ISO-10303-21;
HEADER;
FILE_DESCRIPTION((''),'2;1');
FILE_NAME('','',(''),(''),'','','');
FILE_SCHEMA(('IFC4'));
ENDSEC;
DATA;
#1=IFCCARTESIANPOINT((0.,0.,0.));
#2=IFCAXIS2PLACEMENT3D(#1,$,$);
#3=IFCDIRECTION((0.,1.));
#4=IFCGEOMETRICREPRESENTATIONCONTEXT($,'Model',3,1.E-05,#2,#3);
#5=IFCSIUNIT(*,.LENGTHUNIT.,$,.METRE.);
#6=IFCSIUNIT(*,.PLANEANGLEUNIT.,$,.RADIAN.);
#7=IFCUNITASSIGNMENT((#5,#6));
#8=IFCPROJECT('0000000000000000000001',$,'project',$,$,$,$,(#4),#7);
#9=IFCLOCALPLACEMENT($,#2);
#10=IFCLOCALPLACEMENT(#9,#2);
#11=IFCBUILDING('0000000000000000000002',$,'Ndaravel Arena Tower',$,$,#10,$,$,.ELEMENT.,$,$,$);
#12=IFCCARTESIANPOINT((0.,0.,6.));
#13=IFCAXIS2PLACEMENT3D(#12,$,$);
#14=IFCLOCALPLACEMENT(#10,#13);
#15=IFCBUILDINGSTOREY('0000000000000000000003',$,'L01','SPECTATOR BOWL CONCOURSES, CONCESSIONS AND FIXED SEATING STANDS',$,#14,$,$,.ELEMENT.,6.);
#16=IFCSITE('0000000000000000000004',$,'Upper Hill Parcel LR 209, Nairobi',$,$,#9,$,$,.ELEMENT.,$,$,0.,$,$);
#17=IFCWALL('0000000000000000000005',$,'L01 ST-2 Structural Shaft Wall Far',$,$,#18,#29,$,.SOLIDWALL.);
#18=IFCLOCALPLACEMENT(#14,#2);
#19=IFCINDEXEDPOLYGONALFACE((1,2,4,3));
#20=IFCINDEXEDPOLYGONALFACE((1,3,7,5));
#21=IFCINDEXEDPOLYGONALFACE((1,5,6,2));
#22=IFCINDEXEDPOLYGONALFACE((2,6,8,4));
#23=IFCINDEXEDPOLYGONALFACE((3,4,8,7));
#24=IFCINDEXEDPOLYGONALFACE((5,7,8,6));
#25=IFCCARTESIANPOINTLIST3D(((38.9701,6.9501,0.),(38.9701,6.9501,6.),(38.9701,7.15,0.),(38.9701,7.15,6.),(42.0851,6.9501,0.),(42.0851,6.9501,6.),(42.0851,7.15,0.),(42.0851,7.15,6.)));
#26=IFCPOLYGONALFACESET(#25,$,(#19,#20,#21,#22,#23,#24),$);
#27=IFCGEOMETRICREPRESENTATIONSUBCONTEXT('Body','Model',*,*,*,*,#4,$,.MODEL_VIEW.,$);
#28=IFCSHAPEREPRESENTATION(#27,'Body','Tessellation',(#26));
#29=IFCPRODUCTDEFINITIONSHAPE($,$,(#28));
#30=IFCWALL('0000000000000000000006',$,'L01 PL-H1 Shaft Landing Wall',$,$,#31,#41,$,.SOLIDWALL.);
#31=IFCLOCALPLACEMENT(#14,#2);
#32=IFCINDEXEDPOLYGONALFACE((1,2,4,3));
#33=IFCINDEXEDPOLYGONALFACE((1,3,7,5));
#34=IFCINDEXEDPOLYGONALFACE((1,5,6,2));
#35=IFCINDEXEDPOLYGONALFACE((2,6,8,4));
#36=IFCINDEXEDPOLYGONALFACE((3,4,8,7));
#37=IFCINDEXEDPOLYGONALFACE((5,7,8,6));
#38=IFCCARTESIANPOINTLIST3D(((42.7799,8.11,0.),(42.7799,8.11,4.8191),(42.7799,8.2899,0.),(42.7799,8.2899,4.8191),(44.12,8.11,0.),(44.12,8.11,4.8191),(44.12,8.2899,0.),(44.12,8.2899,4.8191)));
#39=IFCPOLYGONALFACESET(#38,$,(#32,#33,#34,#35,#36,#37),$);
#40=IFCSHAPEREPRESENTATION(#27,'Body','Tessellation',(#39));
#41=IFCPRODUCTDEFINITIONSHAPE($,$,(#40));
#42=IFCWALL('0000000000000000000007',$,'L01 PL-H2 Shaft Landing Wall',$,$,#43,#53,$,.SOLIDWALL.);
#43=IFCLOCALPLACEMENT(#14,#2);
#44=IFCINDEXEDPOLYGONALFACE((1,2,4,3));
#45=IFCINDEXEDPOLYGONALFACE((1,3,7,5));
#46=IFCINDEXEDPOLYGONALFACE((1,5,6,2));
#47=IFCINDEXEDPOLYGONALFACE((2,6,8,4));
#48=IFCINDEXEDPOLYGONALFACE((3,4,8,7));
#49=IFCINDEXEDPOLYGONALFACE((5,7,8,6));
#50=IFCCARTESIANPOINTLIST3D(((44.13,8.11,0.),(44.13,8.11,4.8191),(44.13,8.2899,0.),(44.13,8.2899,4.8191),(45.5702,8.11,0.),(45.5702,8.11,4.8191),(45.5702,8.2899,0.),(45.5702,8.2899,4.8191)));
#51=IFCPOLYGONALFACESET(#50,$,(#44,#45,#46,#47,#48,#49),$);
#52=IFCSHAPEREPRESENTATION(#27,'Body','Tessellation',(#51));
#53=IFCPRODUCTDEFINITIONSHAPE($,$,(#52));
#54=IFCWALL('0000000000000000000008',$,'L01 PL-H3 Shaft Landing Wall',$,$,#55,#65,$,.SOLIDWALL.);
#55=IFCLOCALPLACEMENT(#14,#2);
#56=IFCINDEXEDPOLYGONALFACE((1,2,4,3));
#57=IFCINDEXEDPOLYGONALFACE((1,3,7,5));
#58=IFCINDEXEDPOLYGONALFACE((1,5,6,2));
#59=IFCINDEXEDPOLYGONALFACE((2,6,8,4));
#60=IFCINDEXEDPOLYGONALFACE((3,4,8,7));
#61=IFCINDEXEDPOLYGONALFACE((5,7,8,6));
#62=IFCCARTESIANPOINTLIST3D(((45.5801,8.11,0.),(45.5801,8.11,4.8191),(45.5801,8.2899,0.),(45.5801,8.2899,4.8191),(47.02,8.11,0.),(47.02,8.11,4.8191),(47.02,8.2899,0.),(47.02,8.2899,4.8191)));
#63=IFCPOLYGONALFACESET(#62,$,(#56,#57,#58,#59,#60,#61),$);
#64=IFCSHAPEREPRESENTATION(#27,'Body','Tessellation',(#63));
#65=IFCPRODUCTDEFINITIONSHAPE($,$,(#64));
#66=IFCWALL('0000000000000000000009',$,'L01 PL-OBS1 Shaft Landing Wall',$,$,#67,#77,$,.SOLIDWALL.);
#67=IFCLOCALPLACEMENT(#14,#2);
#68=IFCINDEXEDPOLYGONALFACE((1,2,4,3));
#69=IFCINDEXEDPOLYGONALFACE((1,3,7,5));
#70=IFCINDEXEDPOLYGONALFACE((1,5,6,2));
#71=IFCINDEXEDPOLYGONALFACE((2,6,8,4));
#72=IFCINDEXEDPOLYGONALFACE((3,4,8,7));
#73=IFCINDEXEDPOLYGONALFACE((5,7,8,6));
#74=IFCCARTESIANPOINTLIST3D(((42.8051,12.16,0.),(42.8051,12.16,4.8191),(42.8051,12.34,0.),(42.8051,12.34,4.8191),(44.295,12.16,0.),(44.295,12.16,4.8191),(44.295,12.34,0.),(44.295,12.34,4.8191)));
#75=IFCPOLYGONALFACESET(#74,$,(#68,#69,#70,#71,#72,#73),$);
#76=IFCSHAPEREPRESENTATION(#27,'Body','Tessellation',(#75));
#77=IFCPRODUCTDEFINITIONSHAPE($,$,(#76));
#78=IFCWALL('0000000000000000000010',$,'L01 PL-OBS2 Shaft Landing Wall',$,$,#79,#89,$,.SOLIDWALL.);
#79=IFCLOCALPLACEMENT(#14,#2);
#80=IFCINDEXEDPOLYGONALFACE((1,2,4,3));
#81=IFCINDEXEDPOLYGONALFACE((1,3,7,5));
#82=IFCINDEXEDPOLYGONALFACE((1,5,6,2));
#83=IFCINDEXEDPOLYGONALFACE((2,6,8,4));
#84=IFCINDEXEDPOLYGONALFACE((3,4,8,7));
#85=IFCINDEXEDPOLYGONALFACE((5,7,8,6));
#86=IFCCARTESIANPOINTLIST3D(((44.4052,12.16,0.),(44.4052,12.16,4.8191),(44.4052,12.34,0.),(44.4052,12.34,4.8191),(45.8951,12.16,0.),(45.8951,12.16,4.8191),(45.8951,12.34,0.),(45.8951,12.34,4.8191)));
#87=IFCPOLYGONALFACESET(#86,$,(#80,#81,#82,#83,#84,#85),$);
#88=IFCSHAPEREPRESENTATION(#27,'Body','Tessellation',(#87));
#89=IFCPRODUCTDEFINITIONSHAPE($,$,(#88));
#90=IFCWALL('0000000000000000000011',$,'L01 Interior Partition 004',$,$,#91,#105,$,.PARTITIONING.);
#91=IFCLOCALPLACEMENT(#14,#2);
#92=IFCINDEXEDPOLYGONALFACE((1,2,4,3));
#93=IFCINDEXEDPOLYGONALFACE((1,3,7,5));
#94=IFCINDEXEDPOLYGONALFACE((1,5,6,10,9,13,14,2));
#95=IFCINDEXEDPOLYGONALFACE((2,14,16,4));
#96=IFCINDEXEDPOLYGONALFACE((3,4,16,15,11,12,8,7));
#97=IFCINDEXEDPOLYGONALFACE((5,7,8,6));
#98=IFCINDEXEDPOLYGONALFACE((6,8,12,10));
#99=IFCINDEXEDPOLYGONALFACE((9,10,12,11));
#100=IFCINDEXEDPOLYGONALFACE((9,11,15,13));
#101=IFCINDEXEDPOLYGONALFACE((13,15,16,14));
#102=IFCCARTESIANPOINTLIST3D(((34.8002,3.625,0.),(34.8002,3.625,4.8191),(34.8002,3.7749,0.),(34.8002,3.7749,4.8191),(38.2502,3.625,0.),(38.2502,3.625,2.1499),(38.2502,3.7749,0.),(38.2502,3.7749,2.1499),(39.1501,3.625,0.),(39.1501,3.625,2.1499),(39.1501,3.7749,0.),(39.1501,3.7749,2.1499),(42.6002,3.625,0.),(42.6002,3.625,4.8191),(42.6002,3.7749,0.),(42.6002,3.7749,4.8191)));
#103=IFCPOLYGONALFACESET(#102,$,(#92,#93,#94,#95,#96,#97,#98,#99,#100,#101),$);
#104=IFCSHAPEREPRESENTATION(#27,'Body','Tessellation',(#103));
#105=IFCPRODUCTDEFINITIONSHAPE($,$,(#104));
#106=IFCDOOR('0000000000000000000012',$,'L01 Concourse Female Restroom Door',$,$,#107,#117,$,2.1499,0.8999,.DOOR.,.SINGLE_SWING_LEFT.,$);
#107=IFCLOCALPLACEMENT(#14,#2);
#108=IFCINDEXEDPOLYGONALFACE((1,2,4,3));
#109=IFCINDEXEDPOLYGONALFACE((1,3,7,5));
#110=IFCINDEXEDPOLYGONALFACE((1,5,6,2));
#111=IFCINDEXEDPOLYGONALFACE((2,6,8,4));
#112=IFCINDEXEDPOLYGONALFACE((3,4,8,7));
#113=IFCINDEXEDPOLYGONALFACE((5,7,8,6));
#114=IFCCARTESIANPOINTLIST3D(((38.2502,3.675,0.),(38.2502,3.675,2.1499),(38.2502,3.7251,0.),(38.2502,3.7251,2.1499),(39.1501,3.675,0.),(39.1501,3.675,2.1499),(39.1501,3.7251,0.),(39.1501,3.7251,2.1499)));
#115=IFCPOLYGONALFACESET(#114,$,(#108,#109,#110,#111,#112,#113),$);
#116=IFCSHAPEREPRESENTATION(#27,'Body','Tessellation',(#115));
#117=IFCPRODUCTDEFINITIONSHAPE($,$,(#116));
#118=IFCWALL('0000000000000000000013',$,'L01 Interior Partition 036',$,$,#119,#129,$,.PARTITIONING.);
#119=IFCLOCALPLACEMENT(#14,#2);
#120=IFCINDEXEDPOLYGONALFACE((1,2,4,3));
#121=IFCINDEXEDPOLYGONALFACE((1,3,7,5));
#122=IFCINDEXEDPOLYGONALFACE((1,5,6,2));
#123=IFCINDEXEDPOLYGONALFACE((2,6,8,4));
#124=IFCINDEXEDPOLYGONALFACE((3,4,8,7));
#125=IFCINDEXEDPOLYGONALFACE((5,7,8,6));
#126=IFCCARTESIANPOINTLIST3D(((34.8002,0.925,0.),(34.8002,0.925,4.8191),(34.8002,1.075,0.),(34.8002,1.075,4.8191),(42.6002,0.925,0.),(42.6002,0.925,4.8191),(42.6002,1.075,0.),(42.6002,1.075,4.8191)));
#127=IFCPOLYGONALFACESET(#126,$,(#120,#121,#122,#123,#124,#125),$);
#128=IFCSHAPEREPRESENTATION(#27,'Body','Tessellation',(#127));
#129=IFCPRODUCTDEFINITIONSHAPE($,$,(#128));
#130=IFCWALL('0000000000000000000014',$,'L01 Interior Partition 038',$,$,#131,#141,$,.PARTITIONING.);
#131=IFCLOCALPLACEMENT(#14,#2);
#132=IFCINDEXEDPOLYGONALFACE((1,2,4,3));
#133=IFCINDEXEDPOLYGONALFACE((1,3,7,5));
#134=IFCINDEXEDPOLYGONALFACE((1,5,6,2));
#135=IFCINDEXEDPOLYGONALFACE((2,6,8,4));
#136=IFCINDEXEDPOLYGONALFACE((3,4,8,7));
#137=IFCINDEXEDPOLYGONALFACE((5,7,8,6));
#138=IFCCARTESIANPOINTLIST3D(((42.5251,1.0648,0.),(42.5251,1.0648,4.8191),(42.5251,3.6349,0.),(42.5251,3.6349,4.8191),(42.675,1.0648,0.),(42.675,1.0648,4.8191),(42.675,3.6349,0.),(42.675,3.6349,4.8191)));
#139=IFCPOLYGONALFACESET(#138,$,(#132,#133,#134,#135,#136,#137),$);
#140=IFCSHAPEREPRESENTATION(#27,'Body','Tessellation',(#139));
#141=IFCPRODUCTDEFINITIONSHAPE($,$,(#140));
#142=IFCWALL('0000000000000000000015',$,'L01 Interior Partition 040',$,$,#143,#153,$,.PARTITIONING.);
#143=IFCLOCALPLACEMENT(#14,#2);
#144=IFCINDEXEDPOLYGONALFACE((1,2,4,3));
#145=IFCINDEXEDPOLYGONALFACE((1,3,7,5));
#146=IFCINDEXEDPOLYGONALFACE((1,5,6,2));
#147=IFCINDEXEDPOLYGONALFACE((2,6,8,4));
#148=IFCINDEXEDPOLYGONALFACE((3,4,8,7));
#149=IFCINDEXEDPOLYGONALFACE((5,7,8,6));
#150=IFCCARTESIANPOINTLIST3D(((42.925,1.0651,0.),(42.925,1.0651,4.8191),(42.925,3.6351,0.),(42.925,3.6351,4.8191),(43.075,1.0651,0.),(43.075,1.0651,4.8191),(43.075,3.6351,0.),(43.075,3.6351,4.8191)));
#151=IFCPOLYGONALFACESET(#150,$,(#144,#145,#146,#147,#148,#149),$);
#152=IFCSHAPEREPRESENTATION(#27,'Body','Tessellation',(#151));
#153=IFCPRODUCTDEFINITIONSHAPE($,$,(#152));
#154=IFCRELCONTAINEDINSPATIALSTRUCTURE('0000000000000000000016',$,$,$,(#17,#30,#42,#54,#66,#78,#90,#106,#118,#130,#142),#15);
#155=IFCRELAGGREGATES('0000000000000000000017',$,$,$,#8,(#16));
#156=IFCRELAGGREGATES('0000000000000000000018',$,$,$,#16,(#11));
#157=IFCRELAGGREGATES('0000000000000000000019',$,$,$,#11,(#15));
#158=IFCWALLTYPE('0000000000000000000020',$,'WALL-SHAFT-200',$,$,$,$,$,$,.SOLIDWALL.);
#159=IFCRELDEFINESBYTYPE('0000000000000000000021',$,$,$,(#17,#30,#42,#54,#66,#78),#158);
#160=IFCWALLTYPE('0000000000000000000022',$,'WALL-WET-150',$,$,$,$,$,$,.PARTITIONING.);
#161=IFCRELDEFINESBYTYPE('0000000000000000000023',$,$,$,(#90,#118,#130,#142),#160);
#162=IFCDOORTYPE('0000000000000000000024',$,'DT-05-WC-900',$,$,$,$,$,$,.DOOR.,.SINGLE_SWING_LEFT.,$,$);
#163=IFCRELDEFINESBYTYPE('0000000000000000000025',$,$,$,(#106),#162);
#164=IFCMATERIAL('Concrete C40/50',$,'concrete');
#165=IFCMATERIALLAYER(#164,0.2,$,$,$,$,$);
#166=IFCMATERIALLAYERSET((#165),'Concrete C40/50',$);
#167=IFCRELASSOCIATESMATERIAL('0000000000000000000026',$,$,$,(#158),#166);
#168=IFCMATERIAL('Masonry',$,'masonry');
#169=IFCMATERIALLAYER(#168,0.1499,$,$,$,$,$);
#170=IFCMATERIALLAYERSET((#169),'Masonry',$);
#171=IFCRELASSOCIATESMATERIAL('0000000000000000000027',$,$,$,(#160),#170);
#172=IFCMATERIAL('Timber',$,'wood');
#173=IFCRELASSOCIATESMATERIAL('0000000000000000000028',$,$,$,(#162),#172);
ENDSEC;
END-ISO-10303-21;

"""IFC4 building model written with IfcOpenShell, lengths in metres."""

from ifc_helpers import new_model, si_unit, direction, frame, frame_2d, origin, place, context, subcontext, project, spatial, rectangle, extrude, material, layer, layer_set, type_object, element, fill, save


model = new_model("IFC4")

# Units and contexts
model_context = context("Model", 3, precision=1e-05, world=origin(), true_north=direction((0.0, 1.0)))
body_context = subcontext(model_context, "Body", "Model", "MODEL_VIEW")
ifc_project = project(units=[si_unit("LENGTHUNIT", "METRE"), si_unit("PLANEANGLEUNIT", "RADIAN")], contexts=[model_context])

# Site, building, storey
site_placement = place(None, origin())
site = spatial("IfcSite", under=ifc_project, at=site_placement, Name="Upper Hill Parcel LR 209, Nairobi", CompositionType="ELEMENT", RefElevation=0.0)
building_placement = place(site_placement, origin())
building = spatial("IfcBuilding", under=site, at=building_placement, Name="Ndaravel Arena Tower", CompositionType="ELEMENT")
storey_placement = place(building_placement, frame((0.0, 0.0, 6.0)))
storey = spatial("IfcBuildingStorey", under=building, at=storey_placement, Name="L01", Description="SPECTATOR BOWL CONCOURSES, CONCESSIONS AND FIXED SEATING STANDS", CompositionType="ELEMENT", Elevation=6.0)

# Walls
ifc_material_1 = material(Name="Concrete C40/50", Category="concrete")
ifc_layer_1 = layer(ifc_material_1, 0.2)
ifc_layer_set_1 = layer_set([ifc_layer_1], Name="Concrete C40/50")
wall_type_1 = type_object("IfcWallType", Name="WALL-SHAFT-200", PredefinedType="SOLIDWALL", material=ifc_layer_set_1)
wall_1_placement = place(storey_placement, frame((38.97, 7.05, 0.0), z_axis=(0.0, 0.0, 1.0), x_axis=(1.0, 0.0, 0.0)))
element("IfcWall", 1, at=wall_1_placement, inside=storey, type_object=wall_type_1, Name="L01 ST-2 Structural Shaft Wall Far", PredefinedType="SOLIDWALL", context=body_context, shape_type="SweptSolid", body=[
    extrude(rectangle(XDim=3.115, YDim=0.2, at=frame_2d((1.5576, 0.0))), origin(), (0.0, 0.0, 1.0), 6.0),
])
wall_2_placement = place(storey_placement, frame((42.78, 8.2, 0.0), z_axis=(0.0, 0.0, 1.0), x_axis=(1.0, 0.0, 0.0)))
element("IfcWall", 2, at=wall_2_placement, inside=storey, type_object=wall_type_1, Name="L01 PL-H1 Shaft Landing Wall", PredefinedType="SOLIDWALL", context=body_context, shape_type="SweptSolid", body=[
    extrude(rectangle(XDim=1.3401, YDim=0.1799, at=frame_2d((0.6699, 0.0))), origin(), (0.0, 0.0, 1.0), 4.8191),
])
wall_3_placement = place(storey_placement, frame((44.1299, 8.2, 0.0), z_axis=(0.0, 0.0, 1.0), x_axis=(1.0, 0.0, 0.0)))
element("IfcWall", 3, at=wall_3_placement, inside=storey, type_object=wall_type_1, Name="L01 PL-H2 Shaft Landing Wall", PredefinedType="SOLIDWALL", context=body_context, shape_type="SweptSolid", body=[
    extrude(rectangle(XDim=1.4402, YDim=0.1799, at=frame_2d((0.7202, 0.0))), origin(), (0.0, 0.0, 1.0), 4.8191),
])
wall_4_placement = place(storey_placement, frame((45.5801, 8.2, 0.0), z_axis=(0.0, 0.0, 1.0), x_axis=(1.0, 0.0, 0.0)))
element("IfcWall", 4, at=wall_4_placement, inside=storey, type_object=wall_type_1, Name="L01 PL-H3 Shaft Landing Wall", PredefinedType="SOLIDWALL", context=body_context, shape_type="SweptSolid", body=[
    extrude(rectangle(XDim=1.4399, YDim=0.1799, at=frame_2d((0.72, 0.0))), origin(), (0.0, 0.0, 1.0), 4.8191),
])
for number, where, z_axis, x_axis, name in (
    (5, (42.8049, 12.25, 0.0), (0.0, 0.0, 1.0), (1.0, 0.0, 0.0), "L01 PL-OBS1 Shaft Landing Wall"),
    (6, (44.405, 12.25, 0.0), (0.0, 0.0, 1.0), (1.0, 0.0, 0.0), "L01 PL-OBS2 Shaft Landing Wall"),
):
    element("IfcWall", number, at=place(storey_placement, frame(where, z_axis=z_axis, x_axis=x_axis)), inside=storey, type_object=wall_type_1, Name=name, PredefinedType="SOLIDWALL", context=body_context, shape_type="SweptSolid", body=[
        extrude(rectangle(XDim=1.49, YDim=0.1799, at=frame_2d((0.7451, 0.0))), origin(), (0.0, 0.0, 1.0), 4.8191),
    ])

# Wall, opening, door
ifc_material_2 = material(Name="Masonry", Category="masonry")
ifc_layer_2 = layer(ifc_material_2, 0.1499)
ifc_layer_set_2 = layer_set([ifc_layer_2], Name="Masonry")
wall_type_2 = type_object("IfcWallType", Name="WALL-WET-150", PredefinedType="PARTITIONING", material=ifc_layer_set_2)
wall_5_placement = place(storey_placement, frame((42.6001, 3.7, 0.0), z_axis=(0.0, 0.0, 1.0), x_axis=(-1.0, 0.0, 0.0)))
wall_5 = element("IfcWall", 7, at=wall_5_placement, inside=storey, type_object=wall_type_2, Name="L01 Interior Partition 004", PredefinedType="PARTITIONING", context=body_context, shape_type="SweptSolid", body=[
    extrude(rectangle(XDim=7.8, YDim=0.1499, at=frame_2d((3.8999, 0.0))), origin(), (0.0, 0.0, 1.0), 4.8191),
])
opening_placement = place(wall_5_placement, frame((3.45, 0.0, 0.0)))
opening = element("IfcOpeningElement", 8, at=opening_placement, cuts=wall_5, PredefinedType="OPENING", context=body_context, shape_type="SweptSolid", body=[
    extrude(rectangle(XDim=0.8999, YDim=2.1499, at=frame_2d((0.45, 1.075))), frame((0.0, 0.075, 0.0), z_axis=(0.0, -1.0, 0.0), x_axis=(1.0, 0.0, 0.0)), (0.0, 0.0, 1.0), 0.1499),
])
ifc_material_3 = material(Name="Timber", Category="wood")
door_type = type_object("IfcDoorType", Name="DT-05-WC-900", OperationType="SINGLE_SWING_LEFT", PredefinedType="DOOR", material=ifc_material_3)
door_placement = place(opening_placement, origin())
door = element("IfcDoor", 9, at=door_placement, inside=storey, type_object=door_type, Name="L01 Concourse Female Restroom Door", OperationType="SINGLE_SWING_LEFT", OverallHeight=2.1499, OverallWidth=0.8999, PredefinedType="DOOR", context=body_context, shape_type="SweptSolid", body=[
    extrude(rectangle(XDim=0.8999, YDim=2.1499, at=frame_2d((0.45, 1.075))), frame((0.0, 0.0249, 0.0), z_axis=(0.0, -1.0, 0.0), x_axis=(1.0, 0.0, 0.0)), (0.0, 0.0, 1.0), 0.05),
])
fill(opening, door)

# Walls
wall_6_placement = place(storey_placement, frame((42.6001, 1.0, 0.0), z_axis=(0.0, 0.0, 1.0), x_axis=(-1.0, 0.0, 0.0)))
element("IfcWall", 10, at=wall_6_placement, inside=storey, type_object=wall_type_2, Name="L01 Interior Partition 036", PredefinedType="PARTITIONING", context=body_context, shape_type="SweptSolid", body=[
    extrude(rectangle(XDim=7.8, YDim=0.1499, at=frame_2d((3.8999, 0.0))), origin(), (0.0, 0.0, 1.0), 4.8191),
])
for number, where, z_axis, x_axis, name in (
    (11, (42.6001, 3.635, 0.0), (0.0, 0.0, 1.0), (0.0, -1.0, 0.0), "L01 Interior Partition 038"),
    (12, (43.0, 1.0649, 0.0), (0.0, 0.0, 1.0), (0.0, 1.0, 0.0), "L01 Interior Partition 040"),
):
    element("IfcWall", number, at=place(storey_placement, frame(where, z_axis=z_axis, x_axis=x_axis)), inside=storey, type_object=wall_type_2, Name=name, PredefinedType="PARTITIONING", context=body_context, shape_type="SweptSolid", body=[
        extrude(rectangle(XDim=2.5701, YDim=0.1499, at=frame_2d((1.2852, 0.0))), origin(), (0.0, 0.0, 1.0), 4.8191),
    ])

save(model, "model.ifc")
